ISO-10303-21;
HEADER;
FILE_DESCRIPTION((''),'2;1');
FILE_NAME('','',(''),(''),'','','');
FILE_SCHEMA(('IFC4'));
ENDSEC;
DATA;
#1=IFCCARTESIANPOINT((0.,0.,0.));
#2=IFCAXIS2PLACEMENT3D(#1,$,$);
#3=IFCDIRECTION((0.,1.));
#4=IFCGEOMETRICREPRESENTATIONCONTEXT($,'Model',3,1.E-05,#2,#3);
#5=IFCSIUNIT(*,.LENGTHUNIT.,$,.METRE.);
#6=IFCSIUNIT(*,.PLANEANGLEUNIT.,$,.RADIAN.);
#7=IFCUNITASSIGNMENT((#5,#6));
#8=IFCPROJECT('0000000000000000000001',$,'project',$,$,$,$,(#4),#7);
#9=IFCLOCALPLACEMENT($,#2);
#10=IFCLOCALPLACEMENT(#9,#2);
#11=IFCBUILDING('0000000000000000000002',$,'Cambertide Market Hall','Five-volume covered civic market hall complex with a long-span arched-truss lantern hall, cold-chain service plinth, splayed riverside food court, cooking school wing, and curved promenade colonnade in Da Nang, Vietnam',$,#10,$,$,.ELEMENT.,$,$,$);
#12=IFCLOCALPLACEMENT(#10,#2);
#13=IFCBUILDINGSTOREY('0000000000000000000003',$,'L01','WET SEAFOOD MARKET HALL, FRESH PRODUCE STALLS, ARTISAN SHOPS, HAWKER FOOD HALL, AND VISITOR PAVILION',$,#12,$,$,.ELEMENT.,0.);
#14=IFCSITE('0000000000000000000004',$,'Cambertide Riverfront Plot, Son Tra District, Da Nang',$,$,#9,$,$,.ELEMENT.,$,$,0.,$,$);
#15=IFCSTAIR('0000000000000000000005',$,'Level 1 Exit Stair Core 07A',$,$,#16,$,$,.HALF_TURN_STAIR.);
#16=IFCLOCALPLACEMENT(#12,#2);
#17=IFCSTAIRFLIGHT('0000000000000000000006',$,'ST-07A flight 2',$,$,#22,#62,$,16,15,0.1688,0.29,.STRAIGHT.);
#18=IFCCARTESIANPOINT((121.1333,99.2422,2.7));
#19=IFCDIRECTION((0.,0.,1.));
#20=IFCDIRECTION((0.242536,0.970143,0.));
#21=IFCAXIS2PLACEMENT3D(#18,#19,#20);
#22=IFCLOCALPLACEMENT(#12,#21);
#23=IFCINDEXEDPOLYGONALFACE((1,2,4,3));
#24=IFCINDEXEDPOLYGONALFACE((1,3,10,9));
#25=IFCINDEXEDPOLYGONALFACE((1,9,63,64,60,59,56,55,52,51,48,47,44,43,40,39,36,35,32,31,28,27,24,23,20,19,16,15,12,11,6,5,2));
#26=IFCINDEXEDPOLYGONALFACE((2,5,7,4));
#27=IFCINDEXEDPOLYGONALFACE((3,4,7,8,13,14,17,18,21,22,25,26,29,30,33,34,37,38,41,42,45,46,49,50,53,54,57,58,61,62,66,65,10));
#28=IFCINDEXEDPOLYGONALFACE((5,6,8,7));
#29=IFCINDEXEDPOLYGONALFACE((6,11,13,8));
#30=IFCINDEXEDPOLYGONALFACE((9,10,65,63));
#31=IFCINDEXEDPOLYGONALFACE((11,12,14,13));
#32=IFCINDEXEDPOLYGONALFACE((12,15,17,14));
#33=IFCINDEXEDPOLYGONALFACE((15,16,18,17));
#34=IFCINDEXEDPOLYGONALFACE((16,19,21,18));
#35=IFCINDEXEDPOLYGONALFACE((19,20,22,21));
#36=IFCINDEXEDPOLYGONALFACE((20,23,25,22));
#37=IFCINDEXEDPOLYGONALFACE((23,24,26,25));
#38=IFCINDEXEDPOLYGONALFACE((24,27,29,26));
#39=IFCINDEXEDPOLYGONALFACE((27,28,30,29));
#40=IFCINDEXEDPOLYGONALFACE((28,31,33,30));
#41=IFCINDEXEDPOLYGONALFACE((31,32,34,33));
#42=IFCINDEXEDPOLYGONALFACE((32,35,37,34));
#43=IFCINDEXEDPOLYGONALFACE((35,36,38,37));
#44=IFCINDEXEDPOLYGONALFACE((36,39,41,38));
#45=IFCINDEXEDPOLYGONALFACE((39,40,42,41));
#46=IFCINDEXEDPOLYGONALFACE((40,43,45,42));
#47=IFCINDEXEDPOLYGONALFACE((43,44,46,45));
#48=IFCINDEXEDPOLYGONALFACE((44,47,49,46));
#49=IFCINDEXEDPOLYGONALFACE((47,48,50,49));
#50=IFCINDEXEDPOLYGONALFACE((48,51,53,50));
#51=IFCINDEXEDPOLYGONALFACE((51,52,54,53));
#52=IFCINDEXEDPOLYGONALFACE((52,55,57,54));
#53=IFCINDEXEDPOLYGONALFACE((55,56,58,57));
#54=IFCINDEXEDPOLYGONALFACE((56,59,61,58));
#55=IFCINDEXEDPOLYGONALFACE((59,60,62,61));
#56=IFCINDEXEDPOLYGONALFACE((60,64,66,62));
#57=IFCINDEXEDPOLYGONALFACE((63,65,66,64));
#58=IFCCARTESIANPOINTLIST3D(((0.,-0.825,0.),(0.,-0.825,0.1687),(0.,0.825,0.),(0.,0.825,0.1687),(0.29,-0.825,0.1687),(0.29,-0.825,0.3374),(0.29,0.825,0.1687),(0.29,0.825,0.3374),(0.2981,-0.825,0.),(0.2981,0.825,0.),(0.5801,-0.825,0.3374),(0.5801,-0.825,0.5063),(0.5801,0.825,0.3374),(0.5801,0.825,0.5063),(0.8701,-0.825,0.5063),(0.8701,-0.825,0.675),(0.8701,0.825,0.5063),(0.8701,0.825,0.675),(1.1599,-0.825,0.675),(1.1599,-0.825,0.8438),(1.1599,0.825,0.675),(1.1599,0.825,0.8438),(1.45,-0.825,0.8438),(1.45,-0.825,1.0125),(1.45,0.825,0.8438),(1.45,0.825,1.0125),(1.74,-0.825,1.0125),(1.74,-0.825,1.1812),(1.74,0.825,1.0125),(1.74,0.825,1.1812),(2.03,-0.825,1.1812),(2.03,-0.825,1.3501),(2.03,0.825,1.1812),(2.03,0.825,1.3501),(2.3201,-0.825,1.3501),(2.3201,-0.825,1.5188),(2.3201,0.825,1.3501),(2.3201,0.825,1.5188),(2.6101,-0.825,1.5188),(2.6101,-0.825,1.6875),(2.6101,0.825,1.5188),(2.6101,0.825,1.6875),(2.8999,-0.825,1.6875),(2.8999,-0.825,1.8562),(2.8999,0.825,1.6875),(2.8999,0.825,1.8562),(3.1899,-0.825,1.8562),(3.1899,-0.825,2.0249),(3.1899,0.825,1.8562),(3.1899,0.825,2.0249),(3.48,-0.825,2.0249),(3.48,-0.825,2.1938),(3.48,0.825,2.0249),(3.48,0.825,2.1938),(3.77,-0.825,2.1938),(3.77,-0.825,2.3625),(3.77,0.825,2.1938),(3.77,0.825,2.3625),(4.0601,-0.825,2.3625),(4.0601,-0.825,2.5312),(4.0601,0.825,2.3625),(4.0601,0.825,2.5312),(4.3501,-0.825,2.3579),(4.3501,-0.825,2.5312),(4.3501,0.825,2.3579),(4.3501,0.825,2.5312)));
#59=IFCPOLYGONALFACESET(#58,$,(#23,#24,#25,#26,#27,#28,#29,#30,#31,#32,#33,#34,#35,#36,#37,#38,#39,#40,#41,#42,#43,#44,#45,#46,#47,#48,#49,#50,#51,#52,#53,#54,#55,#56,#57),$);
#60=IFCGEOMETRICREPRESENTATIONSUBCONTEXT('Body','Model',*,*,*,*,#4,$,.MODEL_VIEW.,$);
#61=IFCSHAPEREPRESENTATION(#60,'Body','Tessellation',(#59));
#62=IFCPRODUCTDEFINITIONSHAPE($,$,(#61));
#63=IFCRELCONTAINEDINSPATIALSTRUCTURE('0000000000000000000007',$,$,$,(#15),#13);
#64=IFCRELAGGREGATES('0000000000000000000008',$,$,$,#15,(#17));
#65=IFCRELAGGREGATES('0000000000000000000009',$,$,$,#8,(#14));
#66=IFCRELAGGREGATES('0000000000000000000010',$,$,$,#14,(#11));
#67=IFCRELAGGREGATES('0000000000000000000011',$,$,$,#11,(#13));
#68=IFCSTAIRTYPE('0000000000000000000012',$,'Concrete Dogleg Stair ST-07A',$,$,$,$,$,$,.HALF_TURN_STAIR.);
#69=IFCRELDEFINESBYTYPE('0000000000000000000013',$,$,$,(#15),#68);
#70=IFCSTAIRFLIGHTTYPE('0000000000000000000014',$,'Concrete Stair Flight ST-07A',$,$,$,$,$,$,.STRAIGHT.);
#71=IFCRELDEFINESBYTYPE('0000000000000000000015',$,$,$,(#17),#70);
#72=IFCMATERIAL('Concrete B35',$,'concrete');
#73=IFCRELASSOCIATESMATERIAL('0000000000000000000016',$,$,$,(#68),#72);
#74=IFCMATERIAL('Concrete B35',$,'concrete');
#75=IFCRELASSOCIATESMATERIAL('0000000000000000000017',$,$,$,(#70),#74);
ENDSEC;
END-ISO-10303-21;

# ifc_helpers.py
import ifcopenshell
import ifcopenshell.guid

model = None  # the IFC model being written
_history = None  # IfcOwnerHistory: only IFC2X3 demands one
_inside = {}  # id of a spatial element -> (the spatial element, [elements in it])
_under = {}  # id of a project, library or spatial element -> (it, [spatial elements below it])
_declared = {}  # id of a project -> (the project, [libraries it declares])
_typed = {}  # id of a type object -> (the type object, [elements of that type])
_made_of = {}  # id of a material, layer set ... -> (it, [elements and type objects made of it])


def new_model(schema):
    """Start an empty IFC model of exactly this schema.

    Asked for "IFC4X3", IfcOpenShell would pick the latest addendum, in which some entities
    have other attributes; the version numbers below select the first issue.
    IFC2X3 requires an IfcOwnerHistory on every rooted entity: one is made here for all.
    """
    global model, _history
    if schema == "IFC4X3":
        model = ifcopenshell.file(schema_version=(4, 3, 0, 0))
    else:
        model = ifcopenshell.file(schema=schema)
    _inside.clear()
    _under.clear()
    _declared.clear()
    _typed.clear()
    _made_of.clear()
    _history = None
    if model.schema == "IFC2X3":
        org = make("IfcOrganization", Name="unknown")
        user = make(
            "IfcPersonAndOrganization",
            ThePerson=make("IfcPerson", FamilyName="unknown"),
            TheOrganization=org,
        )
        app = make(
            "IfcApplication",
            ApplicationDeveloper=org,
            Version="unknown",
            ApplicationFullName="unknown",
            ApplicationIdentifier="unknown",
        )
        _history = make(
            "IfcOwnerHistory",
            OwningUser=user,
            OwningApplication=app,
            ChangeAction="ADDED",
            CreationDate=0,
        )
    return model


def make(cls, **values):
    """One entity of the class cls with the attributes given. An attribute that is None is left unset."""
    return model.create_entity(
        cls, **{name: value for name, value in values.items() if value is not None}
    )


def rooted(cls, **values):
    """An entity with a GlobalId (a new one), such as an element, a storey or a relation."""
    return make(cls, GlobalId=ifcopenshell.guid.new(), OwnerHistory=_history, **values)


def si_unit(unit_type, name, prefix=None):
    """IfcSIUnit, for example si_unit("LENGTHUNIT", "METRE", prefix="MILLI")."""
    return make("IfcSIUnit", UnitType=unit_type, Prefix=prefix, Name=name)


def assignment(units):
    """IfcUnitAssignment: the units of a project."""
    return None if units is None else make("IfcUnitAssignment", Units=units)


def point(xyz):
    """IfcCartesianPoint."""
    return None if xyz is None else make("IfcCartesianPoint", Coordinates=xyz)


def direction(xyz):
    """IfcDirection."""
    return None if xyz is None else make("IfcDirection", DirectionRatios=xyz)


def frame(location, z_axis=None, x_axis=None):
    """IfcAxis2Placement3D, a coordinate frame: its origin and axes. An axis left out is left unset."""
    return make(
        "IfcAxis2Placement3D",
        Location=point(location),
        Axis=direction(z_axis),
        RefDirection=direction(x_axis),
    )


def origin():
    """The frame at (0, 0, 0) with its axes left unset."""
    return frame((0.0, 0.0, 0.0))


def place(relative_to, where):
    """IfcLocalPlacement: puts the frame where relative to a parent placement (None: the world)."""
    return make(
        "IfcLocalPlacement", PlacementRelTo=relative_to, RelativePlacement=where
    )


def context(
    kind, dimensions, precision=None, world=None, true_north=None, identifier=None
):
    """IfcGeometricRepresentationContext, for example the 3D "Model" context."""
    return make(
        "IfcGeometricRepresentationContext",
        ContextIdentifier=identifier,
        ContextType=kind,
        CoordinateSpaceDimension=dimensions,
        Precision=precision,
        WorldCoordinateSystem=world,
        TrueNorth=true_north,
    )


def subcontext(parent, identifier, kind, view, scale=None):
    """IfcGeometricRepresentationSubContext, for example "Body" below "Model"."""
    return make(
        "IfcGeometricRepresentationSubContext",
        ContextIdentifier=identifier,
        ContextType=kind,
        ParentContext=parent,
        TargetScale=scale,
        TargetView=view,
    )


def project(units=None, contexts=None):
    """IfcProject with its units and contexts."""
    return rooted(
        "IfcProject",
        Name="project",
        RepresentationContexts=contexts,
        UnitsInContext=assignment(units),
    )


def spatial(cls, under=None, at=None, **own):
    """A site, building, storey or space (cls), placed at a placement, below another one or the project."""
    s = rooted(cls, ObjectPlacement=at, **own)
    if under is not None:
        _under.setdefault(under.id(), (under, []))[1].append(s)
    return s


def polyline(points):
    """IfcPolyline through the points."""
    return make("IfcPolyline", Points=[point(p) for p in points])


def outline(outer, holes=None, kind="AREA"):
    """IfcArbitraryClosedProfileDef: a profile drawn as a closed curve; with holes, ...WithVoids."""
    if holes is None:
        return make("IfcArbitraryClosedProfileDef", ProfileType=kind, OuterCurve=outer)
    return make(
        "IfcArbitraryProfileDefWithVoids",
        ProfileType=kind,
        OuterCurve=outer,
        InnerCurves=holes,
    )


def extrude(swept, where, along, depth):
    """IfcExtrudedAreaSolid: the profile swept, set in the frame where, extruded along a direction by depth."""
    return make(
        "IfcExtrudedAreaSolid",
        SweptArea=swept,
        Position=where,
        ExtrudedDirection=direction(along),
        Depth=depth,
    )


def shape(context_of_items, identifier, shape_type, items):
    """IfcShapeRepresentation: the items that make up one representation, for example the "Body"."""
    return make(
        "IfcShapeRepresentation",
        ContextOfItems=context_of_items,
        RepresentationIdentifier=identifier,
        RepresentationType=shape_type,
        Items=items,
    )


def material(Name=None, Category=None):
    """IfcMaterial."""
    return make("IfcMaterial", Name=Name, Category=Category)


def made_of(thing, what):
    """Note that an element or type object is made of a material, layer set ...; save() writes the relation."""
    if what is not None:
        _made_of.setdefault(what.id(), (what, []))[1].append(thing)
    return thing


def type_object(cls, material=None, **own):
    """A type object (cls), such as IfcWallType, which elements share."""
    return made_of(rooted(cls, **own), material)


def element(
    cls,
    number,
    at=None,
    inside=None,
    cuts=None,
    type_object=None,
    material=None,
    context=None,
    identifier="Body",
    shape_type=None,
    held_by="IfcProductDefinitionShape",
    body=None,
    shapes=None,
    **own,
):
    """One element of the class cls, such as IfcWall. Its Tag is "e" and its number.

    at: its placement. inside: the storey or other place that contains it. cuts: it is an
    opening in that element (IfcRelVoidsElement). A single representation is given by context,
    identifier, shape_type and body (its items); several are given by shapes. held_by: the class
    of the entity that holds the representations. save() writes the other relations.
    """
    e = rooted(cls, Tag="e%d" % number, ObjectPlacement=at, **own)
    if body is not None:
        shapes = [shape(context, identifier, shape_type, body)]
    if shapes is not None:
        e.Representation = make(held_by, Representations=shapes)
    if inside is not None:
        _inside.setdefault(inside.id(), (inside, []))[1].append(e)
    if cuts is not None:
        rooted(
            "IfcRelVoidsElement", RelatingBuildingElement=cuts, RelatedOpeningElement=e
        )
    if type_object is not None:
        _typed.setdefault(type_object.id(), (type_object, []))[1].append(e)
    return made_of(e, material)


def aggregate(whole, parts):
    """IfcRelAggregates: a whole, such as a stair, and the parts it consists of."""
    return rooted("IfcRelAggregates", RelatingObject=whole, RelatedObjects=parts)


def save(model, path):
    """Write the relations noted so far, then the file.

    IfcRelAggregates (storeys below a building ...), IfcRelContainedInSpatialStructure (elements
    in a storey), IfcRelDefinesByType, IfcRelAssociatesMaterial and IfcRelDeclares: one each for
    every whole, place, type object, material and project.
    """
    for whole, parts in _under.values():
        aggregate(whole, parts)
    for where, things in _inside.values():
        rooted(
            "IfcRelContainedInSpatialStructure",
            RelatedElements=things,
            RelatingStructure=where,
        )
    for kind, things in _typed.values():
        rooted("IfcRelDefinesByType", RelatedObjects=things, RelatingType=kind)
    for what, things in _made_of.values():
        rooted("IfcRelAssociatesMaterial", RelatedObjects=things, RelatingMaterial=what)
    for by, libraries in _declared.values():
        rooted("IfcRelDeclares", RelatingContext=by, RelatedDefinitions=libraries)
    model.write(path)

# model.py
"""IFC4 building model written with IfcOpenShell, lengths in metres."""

from ifc_helpers import new_model, si_unit, direction, frame, origin, place, context, subcontext, project, spatial, polyline, outline, extrude, material, type_object, element, aggregate, save


model = new_model("IFC4")

# Units and contexts
model_context = context("Model", 3, precision=1e-05, world=origin(), true_north=direction((0.0, 1.0)))
body_context = subcontext(model_context, "Body", "Model", "MODEL_VIEW")
ifc_project = project(units=[si_unit("LENGTHUNIT", "METRE"), si_unit("PLANEANGLEUNIT", "RADIAN")], contexts=[model_context])

# Site, building, storey
site_placement = place(None, origin())
site = spatial("IfcSite", under=ifc_project, at=site_placement, Name="Cambertide Riverfront Plot, Son Tra District, Da Nang", CompositionType="ELEMENT", RefElevation=0.0)
building_placement = place(site_placement, origin())
building = spatial("IfcBuilding", under=site, at=building_placement, Name="Cambertide Market Hall", Description="Five-volume covered civic market hall complex with a long-span arched-truss lantern hall, cold-chain service plinth, splayed riverside food court, cooking school wing, and curved promenade colonnade in Da Nang, Vietnam", CompositionType="ELEMENT")
storey_placement = place(building_placement, origin())
storey = spatial("IfcBuildingStorey", under=building, at=storey_placement, Name="L01", Description="WET SEAFOOD MARKET HALL, FRESH PRODUCE STALLS, ARTISAN SHOPS, HAWKER FOOD HALL, AND VISITOR PAVILION", CompositionType="ELEMENT", Elevation=0.0)

# Stair, stair flight
ifc_material_1 = material(Name="Concrete B35", Category="concrete")
stair_type = type_object("IfcStairType", Name="Concrete Dogleg Stair ST-07A", PredefinedType="HALF_TURN_STAIR", material=ifc_material_1)
stair_placement = place(storey_placement, origin())
stair = element("IfcStair", 1, at=stair_placement, inside=storey, type_object=stair_type, Name="Level 1 Exit Stair Core 07A", PredefinedType="HALF_TURN_STAIR")
ifc_material_2 = material(Name="Concrete B35", Category="concrete")
stair_flight_type = type_object("IfcStairFlightType", Name="Concrete Stair Flight ST-07A", PredefinedType="STRAIGHT", material=ifc_material_2)
stair_flight_placement = place(storey_placement, frame((121.1333, 99.2422, 2.7), z_axis=(0.0, 0.0, 1.0), x_axis=(0.242536, 0.970143, 0.0)))
stair_flight = element("IfcStairFlight", 2, at=stair_flight_placement, type_object=stair_flight_type, Name="ST-07A flight 2", NumberOfRisers=16, NumberOfTreads=15, PredefinedType="STRAIGHT", RiserHeight=0.1688, TreadLength=0.29, context=body_context, shape_type="SweptSolid", body=[
    extrude(outline(polyline([(0.0, 0.0), (0.0, 0.1687), (0.29, 0.1687), (0.29, 0.3374), (0.5801, 0.3374), (0.5801, 0.5063), (0.8701, 0.5063), (0.8701, 0.675), (1.1599, 0.675), (1.1599, 0.8438), (1.45, 0.8438), (1.45, 1.0125), (1.74, 1.0125), (1.74, 1.1812), (2.03, 1.1812), (2.03, 1.3501), (2.3201, 1.3501), (2.3201, 1.5188), (2.6101, 1.5188), (2.6101, 1.6875), (2.8999, 1.6875), (2.8999, 1.8562), (3.1899, 1.8562), (3.1899, 2.0249), (3.48, 2.0249), (3.48, 2.1938), (3.77, 2.1938), (3.77, 2.3625), (4.0601, 2.3625), (4.0601, 2.5312), (4.3501, 2.5312), (4.3501, 2.7), (4.3501, 2.3579), (0.2981, 0.0), (0.0, 0.0)])), frame((0.0, 0.825, 0.0), z_axis=(0.0, -1.0, 0.0), x_axis=(1.0, 0.0, 0.0)), (0.0, 0.0, 1.0), 1.6499),
])
aggregate(stair, [stair_flight])

save(model, "model.ifc")
